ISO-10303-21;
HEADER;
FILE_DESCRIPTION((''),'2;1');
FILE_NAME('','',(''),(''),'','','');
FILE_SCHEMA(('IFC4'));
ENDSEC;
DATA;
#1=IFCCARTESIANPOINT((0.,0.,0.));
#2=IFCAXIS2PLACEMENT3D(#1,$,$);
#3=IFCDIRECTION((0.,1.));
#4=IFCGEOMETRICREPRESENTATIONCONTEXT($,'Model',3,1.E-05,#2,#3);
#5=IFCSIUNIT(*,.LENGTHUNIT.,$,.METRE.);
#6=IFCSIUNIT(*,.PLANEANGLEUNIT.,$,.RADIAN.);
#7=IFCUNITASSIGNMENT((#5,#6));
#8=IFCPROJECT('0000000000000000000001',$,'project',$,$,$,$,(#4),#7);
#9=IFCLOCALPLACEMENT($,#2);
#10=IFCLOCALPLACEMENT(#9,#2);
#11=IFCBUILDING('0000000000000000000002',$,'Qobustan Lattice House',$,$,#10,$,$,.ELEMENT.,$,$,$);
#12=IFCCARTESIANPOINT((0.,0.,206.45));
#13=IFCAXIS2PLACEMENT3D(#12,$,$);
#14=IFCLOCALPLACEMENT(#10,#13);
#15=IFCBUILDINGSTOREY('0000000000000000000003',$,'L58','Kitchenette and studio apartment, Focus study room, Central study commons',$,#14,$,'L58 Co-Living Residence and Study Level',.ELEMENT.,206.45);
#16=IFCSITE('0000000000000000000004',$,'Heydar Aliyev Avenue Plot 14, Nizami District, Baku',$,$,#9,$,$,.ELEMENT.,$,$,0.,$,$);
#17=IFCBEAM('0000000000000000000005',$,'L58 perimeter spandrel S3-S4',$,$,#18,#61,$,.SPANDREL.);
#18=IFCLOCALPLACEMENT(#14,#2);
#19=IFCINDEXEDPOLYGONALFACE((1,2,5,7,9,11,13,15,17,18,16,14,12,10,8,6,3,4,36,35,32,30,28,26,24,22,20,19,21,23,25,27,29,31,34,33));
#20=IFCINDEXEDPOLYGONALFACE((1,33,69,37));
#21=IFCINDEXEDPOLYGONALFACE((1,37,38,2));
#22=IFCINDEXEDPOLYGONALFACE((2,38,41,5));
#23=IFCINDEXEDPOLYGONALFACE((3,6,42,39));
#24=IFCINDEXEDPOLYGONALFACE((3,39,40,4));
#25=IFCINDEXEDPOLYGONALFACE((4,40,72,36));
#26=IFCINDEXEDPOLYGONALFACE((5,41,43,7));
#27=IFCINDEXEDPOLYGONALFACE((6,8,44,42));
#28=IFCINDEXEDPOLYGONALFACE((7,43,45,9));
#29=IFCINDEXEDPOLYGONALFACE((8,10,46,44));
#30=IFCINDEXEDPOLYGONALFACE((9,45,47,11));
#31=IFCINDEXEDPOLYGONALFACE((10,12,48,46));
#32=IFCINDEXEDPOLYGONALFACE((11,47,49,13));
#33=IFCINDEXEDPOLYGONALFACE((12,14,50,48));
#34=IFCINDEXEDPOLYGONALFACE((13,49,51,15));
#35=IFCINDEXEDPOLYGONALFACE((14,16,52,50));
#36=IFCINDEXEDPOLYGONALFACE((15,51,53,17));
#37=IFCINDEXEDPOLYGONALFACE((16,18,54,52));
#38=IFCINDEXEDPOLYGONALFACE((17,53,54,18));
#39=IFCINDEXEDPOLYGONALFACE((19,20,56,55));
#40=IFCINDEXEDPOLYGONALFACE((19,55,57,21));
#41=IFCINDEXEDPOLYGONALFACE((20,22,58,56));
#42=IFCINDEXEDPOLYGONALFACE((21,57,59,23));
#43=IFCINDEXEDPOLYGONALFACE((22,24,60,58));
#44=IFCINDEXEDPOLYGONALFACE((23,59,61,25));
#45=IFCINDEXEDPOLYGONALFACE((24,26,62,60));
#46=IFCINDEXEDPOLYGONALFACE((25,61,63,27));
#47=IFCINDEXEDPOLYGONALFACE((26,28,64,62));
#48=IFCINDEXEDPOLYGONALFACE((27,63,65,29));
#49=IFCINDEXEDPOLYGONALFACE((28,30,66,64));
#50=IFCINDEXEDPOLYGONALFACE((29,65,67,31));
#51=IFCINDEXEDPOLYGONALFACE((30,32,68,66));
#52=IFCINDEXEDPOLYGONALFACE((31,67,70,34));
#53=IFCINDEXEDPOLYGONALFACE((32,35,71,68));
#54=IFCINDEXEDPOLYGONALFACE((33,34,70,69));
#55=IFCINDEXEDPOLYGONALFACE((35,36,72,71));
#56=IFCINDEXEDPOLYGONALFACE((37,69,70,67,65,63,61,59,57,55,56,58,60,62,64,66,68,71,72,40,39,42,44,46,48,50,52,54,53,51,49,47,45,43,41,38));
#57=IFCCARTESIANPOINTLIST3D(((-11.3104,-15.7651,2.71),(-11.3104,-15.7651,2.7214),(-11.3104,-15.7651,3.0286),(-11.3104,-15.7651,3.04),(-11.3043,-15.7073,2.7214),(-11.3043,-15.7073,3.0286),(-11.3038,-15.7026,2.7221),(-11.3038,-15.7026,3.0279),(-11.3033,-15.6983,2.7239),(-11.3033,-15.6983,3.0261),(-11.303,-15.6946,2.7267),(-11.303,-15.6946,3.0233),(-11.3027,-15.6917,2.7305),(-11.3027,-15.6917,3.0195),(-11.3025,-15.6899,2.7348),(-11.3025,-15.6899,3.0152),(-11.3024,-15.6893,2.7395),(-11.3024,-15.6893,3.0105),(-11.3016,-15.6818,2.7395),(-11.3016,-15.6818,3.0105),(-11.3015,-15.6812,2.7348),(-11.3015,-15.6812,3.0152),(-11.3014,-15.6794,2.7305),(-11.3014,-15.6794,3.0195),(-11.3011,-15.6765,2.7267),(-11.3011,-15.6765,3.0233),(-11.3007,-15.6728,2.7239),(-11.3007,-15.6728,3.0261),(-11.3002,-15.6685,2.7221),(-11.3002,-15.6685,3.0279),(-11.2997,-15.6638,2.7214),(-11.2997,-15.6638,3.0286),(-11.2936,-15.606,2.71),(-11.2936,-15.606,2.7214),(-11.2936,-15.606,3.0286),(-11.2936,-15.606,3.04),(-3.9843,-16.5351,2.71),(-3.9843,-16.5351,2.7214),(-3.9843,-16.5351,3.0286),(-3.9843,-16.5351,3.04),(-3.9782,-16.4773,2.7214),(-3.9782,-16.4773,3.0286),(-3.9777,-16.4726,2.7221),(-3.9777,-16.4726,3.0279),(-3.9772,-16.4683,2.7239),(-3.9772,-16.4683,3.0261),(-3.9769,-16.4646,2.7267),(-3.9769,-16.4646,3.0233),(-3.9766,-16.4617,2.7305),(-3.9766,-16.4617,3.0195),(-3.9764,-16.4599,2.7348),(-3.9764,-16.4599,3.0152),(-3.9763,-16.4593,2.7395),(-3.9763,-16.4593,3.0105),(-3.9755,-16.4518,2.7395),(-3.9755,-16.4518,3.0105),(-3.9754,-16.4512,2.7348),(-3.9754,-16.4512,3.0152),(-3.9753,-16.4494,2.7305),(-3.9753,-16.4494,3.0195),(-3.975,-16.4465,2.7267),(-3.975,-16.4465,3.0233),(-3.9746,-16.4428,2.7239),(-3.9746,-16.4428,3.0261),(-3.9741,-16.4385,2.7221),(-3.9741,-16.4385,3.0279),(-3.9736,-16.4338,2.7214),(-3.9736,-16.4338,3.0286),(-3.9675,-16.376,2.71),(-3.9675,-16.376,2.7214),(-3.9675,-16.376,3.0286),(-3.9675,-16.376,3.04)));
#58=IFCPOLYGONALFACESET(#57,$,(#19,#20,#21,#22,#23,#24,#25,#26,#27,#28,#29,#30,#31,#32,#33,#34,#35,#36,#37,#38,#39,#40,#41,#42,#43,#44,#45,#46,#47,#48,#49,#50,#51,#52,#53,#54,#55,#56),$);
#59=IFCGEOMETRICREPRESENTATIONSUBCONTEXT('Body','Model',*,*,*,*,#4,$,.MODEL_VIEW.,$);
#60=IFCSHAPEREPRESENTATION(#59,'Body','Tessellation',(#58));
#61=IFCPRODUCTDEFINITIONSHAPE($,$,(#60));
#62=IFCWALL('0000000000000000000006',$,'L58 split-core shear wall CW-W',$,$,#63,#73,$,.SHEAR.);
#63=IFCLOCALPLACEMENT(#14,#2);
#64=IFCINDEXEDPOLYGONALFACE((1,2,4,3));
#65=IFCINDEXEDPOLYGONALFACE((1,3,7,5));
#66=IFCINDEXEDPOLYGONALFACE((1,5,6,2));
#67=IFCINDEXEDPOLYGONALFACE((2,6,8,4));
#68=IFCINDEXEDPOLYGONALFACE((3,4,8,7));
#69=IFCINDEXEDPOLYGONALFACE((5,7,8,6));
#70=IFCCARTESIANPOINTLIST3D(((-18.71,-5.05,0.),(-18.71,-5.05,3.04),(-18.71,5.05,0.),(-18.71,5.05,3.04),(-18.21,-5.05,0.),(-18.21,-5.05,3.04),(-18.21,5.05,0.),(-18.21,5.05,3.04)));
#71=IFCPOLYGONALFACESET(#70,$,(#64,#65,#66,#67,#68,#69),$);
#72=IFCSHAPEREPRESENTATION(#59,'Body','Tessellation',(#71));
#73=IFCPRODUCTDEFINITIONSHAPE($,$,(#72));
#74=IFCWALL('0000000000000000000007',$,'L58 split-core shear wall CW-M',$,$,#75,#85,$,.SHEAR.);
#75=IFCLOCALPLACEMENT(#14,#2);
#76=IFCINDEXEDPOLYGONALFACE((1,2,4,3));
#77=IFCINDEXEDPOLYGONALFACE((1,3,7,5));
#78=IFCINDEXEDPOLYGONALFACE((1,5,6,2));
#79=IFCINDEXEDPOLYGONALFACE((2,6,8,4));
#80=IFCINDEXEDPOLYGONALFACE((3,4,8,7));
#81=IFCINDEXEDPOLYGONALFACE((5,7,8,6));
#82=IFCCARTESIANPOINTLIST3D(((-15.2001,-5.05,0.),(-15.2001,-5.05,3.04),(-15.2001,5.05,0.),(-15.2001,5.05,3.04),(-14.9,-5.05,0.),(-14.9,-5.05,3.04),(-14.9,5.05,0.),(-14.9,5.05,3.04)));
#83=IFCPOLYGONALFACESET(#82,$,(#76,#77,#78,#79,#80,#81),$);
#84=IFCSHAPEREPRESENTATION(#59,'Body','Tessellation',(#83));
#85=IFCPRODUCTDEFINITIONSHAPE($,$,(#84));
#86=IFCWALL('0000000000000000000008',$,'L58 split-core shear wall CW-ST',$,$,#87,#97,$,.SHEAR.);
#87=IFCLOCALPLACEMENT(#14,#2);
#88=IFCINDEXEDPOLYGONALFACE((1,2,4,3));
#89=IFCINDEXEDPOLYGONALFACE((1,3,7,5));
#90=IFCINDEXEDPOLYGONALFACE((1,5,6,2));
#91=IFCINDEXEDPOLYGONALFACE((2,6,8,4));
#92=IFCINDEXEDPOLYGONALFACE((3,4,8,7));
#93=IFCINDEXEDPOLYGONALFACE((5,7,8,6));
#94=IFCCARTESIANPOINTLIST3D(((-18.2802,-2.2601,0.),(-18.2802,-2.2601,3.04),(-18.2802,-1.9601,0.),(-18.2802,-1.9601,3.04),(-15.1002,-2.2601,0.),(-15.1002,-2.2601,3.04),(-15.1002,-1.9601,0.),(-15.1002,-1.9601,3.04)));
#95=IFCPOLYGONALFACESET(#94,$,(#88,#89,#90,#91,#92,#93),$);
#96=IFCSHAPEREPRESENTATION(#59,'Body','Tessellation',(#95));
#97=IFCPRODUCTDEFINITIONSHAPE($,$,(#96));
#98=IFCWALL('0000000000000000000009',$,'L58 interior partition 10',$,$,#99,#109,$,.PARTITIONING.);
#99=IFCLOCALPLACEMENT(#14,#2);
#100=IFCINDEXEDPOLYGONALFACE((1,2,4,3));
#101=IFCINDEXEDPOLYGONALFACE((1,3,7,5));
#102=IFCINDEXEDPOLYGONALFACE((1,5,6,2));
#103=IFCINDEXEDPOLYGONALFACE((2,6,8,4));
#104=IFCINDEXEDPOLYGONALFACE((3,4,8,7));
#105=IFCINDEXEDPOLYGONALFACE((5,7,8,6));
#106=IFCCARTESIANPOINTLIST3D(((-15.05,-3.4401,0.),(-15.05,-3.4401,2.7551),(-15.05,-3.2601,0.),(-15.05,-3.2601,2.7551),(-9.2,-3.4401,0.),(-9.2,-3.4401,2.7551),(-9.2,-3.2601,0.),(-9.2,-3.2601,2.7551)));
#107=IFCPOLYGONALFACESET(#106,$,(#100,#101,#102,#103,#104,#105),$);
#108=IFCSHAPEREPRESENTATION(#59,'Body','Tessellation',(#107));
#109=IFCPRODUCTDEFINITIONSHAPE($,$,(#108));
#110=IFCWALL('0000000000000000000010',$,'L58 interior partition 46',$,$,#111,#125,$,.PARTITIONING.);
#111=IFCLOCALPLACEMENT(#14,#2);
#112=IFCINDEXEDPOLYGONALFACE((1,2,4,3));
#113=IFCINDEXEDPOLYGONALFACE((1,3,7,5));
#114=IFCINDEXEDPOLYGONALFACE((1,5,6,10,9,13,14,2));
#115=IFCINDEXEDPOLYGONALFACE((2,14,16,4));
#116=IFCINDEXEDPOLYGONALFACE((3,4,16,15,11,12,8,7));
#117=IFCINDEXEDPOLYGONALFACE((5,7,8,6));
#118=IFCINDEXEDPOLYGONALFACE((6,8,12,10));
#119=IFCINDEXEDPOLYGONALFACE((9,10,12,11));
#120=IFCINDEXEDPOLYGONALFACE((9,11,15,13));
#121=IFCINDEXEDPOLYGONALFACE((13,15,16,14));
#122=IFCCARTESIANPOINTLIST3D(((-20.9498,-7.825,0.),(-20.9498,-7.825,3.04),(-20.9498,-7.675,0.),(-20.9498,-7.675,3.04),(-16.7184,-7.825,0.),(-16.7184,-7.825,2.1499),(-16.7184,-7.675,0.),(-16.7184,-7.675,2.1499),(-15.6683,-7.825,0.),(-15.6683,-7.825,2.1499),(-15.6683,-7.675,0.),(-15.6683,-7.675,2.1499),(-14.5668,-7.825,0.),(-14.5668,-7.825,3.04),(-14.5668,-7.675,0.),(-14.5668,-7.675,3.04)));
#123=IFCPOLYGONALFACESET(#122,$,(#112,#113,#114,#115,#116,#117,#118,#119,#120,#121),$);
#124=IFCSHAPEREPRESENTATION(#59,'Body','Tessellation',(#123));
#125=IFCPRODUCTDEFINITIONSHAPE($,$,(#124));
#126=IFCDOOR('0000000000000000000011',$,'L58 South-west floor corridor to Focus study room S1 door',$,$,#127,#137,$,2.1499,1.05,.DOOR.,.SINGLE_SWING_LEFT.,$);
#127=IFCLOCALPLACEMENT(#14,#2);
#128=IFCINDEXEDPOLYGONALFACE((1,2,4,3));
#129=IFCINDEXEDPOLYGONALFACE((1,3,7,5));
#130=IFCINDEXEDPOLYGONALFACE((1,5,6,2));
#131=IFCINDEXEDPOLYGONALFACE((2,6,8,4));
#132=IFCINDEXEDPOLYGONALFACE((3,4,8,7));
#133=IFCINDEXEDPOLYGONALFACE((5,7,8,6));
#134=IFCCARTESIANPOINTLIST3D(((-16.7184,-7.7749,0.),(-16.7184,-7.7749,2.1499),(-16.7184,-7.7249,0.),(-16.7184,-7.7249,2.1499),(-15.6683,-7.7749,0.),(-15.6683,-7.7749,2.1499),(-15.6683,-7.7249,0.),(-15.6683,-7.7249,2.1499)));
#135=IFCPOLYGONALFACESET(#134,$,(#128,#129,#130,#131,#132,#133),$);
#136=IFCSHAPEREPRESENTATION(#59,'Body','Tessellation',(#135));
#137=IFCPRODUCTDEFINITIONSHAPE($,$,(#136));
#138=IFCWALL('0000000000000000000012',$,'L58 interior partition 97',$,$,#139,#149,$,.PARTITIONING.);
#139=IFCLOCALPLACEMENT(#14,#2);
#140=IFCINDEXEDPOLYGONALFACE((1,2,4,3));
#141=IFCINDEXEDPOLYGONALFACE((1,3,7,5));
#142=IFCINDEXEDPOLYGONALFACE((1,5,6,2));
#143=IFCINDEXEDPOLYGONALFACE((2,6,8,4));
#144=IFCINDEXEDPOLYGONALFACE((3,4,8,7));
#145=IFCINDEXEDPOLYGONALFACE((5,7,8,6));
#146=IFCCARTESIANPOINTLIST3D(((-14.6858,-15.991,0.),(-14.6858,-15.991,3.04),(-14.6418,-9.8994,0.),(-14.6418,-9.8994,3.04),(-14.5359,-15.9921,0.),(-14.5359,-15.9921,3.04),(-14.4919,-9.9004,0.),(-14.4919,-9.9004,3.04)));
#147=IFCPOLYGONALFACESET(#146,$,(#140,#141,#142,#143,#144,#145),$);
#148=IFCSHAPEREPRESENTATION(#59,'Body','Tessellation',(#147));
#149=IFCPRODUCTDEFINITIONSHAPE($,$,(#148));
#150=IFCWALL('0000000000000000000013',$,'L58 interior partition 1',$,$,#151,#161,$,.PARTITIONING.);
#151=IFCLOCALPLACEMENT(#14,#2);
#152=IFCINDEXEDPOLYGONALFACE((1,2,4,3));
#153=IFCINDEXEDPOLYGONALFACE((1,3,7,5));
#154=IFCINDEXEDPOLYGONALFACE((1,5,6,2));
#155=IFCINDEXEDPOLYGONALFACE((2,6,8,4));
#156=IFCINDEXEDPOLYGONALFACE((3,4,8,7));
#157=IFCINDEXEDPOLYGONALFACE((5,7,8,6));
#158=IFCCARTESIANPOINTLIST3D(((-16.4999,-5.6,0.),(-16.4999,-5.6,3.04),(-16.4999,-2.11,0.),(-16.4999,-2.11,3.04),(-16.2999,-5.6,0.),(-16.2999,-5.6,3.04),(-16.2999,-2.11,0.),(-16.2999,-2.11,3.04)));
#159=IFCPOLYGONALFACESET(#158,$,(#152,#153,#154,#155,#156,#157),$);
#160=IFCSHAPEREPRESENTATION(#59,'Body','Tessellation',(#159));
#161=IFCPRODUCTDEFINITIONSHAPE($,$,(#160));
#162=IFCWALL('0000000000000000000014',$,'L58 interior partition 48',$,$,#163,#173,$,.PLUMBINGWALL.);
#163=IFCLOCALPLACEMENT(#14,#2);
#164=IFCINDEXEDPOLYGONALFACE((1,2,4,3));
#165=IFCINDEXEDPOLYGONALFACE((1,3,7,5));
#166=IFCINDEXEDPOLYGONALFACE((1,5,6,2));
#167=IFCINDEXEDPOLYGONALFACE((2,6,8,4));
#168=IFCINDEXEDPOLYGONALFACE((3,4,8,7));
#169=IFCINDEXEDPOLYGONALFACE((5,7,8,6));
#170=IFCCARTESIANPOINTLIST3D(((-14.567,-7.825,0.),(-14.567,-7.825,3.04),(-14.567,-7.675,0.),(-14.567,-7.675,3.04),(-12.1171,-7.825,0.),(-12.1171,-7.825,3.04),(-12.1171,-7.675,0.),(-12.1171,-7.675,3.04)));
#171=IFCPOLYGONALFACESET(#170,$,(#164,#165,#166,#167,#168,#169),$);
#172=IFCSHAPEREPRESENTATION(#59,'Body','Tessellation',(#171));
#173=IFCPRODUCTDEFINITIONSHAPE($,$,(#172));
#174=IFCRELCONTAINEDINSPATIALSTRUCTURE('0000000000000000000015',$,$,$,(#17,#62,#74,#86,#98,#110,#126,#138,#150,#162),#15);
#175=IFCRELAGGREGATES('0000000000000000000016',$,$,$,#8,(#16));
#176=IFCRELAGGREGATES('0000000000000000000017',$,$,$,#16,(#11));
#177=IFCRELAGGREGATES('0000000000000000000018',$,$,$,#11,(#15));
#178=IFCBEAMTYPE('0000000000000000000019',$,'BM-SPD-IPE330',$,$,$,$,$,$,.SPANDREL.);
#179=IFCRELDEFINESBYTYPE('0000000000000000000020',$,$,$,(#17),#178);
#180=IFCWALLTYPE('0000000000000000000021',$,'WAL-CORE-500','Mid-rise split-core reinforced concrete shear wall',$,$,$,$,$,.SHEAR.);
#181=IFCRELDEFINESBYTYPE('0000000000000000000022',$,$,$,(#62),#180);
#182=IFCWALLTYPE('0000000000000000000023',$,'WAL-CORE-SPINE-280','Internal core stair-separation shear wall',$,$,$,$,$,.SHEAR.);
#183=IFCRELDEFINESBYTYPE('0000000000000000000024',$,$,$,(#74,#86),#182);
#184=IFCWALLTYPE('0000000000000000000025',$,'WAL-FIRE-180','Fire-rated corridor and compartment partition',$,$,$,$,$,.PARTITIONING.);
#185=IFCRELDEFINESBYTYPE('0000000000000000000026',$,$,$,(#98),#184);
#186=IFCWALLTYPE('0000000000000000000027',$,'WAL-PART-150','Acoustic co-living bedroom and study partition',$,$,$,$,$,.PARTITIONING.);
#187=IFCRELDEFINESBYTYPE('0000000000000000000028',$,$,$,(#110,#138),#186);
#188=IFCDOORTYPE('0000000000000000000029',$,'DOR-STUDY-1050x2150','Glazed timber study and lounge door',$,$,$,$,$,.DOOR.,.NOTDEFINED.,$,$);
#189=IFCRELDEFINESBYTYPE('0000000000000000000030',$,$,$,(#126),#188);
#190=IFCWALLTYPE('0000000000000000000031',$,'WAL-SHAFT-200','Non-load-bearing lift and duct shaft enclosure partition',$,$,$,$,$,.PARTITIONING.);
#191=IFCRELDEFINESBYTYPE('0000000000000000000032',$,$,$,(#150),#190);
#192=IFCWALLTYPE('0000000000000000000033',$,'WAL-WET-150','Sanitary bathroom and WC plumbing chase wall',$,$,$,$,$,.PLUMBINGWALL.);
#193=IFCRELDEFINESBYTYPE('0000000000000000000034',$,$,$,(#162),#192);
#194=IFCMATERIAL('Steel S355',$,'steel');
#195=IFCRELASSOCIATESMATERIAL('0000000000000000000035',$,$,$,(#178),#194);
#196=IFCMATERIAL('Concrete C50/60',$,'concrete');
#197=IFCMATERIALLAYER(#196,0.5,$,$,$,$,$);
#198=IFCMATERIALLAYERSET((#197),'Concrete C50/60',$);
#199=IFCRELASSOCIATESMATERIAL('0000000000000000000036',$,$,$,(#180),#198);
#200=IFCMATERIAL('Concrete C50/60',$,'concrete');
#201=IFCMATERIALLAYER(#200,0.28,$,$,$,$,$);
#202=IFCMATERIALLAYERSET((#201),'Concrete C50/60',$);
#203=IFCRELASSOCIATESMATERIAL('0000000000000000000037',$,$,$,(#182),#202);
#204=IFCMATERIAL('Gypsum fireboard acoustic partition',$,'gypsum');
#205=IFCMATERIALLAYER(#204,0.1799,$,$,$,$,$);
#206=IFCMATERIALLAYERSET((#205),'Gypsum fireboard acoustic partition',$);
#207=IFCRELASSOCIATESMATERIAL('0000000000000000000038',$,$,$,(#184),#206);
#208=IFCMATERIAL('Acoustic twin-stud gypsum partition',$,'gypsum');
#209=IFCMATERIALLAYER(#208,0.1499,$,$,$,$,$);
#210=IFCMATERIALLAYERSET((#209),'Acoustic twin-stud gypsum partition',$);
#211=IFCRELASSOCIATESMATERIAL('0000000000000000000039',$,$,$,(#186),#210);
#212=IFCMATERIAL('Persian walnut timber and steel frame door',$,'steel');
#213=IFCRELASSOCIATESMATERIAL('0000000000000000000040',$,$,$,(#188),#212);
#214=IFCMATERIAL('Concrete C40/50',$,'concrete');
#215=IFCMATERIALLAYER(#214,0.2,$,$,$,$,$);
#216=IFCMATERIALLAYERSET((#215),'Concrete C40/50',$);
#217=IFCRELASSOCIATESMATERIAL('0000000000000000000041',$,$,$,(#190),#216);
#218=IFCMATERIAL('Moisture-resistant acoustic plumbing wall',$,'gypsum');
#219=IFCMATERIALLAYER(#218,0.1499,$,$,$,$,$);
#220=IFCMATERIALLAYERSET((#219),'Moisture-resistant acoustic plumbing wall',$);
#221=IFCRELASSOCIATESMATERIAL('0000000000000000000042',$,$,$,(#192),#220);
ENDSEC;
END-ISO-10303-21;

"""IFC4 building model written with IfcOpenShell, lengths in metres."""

from ifc_helpers import new_model, si_unit, direction, frame, frame_2d, origin, origin_2d, place, context, subcontext, project, spatial, rectangle, i_section, extrude, material, layer, layer_set, material_profile, profile_set, type_object, element, fill, save


model = new_model("IFC4")

# Units and contexts
model_context = context("Model", 3, precision=1e-05, world=origin(), true_north=direction((0.0, 1.0)))
body_context = subcontext(model_context, "Body", "Model", "MODEL_VIEW")
ifc_project = project(units=[si_unit("LENGTHUNIT", "METRE"), si_unit("PLANEANGLEUNIT", "RADIAN")], contexts=[model_context])

# Site, building, storey
site_placement = place(None, origin())
site = spatial("IfcSite", under=ifc_project, at=site_placement, Name="Heydar Aliyev Avenue Plot 14, Nizami District, Baku", CompositionType="ELEMENT", RefElevation=0.0)
building_placement = place(site_placement, origin())
building = spatial("IfcBuilding", under=site, at=building_placement, Name="Qobustan Lattice House", CompositionType="ELEMENT")
storey_placement = place(building_placement, frame((0.0, 0.0, 206.45)))
storey = spatial("IfcBuildingStorey", under=building, at=storey_placement, Name="L58", Description="Kitchenette and studio apartment, Focus study room, Central study commons", LongName="L58 Co-Living Residence and Study Level", CompositionType="ELEMENT", Elevation=206.45)

# Beam
ifc_material_1 = material(Name="Steel S355", Category="steel")
ifc_material_profile_1 = material_profile(ifc_material_1, i_section(OverallWidth=0.1599, OverallDepth=0.3301, WebThickness=0.0076, FlangeThickness=0.0115, FilletRadius=0.0181, at=origin_2d()), Name="IPE330")
ifc_profile_set_1 = profile_set([ifc_material_profile_1], Name="Steel S355")
beam_type_1 = type_object("IfcBeamType", Name="BM-SPD-IPE330", PredefinedType="SPANDREL", material=ifc_profile_set_1)
beam_1_placement = place(storey_placement, frame((-11.302, -15.6855, 2.875), z_axis=(0.994522, -0.10453, 0.0), x_axis=(0.10453, 0.994522, 0.0)))
element("IfcBeam", 1, at=beam_1_placement, inside=storey, type_object=beam_type_1, Name="L58 perimeter spandrel S3-S4", PredefinedType="SPANDREL", context=body_context, shape_type="SweptSolid", body=[
    extrude(i_section(OverallWidth=0.1599, OverallDepth=0.3301, WebThickness=0.0076, FlangeThickness=0.0115, FilletRadius=0.0181, at=origin_2d()), origin(), (0.0, 0.0, 1.0), 7.3665),
])

# Wall
ifc_material_2 = material(Name="Concrete C50/60", Category="concrete")
ifc_layer_1 = layer(ifc_material_2, 0.5)
ifc_layer_set_1 = layer_set([ifc_layer_1], Name="Concrete C50/60")
wall_type_1 = type_object("IfcWallType", Name="WAL-CORE-500", Description="Mid-rise split-core reinforced concrete shear wall", PredefinedType="SHEAR", material=ifc_layer_set_1)
wall_1_placement = place(storey_placement, frame((-18.46, -5.05, 0.0), z_axis=(0.0, 0.0, 1.0), x_axis=(0.0, 1.0, 0.0)))
element("IfcWall", 2, at=wall_1_placement, inside=storey, type_object=wall_type_1, Name="L58 split-core shear wall CW-W", PredefinedType="SHEAR", context=body_context, shape_type="SweptSolid", body=[
    extrude(rectangle(XDim=10.1001, YDim=0.5, at=frame_2d((5.05, 0.0))), origin(), (0.0, 0.0, 1.0), 3.04),
])

# Walls
ifc_material_3 = material(Name="Concrete C50/60", Category="concrete")
ifc_layer_2 = layer(ifc_material_3, 0.28)
ifc_layer_set_2 = layer_set([ifc_layer_2], Name="Concrete C50/60")
wall_type_2 = type_object("IfcWallType", Name="WAL-CORE-SPINE-280", Description="Internal core stair-separation shear wall", PredefinedType="SHEAR", material=ifc_layer_set_2)
wall_2_placement = place(storey_placement, frame((-15.05, -5.05, 0.0), z_axis=(0.0, 0.0, 1.0), x_axis=(0.0, 1.0, 0.0)))
element("IfcWall", 3, at=wall_2_placement, inside=storey, type_object=wall_type_2, Name="L58 split-core shear wall CW-M", PredefinedType="SHEAR", context=body_context, shape_type="SweptSolid", body=[
    extrude(rectangle(XDim=10.1001, YDim=0.3, at=frame_2d((5.05, 0.0))), origin(), (0.0, 0.0, 1.0), 3.04),
])
wall_3_placement = place(storey_placement, frame((-18.28, -2.1101, 0.0), z_axis=(0.0, 0.0, 1.0), x_axis=(1.0, 0.0, 0.0)))
element("IfcWall", 4, at=wall_3_placement, inside=storey, type_object=wall_type_2, Name="L58 split-core shear wall CW-ST", PredefinedType="SHEAR", context=body_context, shape_type="SweptSolid", body=[
    extrude(rectangle(XDim=3.1799, YDim=0.3, at=frame_2d((1.5898, 0.0))), origin(), (0.0, 0.0, 1.0), 3.04),
])
ifc_material_4 = material(Name="Gypsum fireboard acoustic partition", Category="gypsum")
ifc_layer_3 = layer(ifc_material_4, 0.1799)
ifc_layer_set_3 = layer_set([ifc_layer_3], Name="Gypsum fireboard acoustic partition")
wall_type_3 = type_object("IfcWallType", Name="WAL-FIRE-180", Description="Fire-rated corridor and compartment partition", PredefinedType="PARTITIONING", material=ifc_layer_set_3)
wall_4_placement = place(storey_placement, frame((-15.05, -3.3501, 0.0), z_axis=(0.0, 0.0, 1.0), x_axis=(1.0, 0.0, 0.0)))
element("IfcWall", 5, at=wall_4_placement, inside=storey, type_object=wall_type_3, Name="L58 interior partition 10", PredefinedType="PARTITIONING", context=body_context, shape_type="SweptSolid", body=[
    extrude(rectangle(XDim=5.8501, YDim=0.1799, at=frame_2d((2.925, 0.0))), origin(), (0.0, 0.0, 1.0), 2.7551),
])

# Wall, opening, door
ifc_material_5 = material(Name="Acoustic twin-stud gypsum partition", Category="gypsum")
ifc_layer_4 = layer(ifc_material_5, 0.1499)
ifc_layer_set_4 = layer_set([ifc_layer_4], Name="Acoustic twin-stud gypsum partition")
wall_type_4 = type_object("IfcWallType", Name="WAL-PART-150", Description="Acoustic co-living bedroom and study partition", PredefinedType="PARTITIONING", material=ifc_layer_set_4)
wall_5_placement = place(storey_placement, frame((-14.5669, -7.75, 0.0), z_axis=(0.0, 0.0, 1.0), x_axis=(-1.0, 0.0, 0.0)))
wall_5 = element("IfcWall", 6, at=wall_5_placement, inside=storey, type_object=wall_type_4, Name="L58 interior partition 46", PredefinedType="PARTITIONING", context=body_context, shape_type="SweptSolid", body=[
    extrude(rectangle(XDim=6.3831, YDim=0.1499, at=frame_2d((3.1914, 0.0))), origin(), (0.0, 0.0, 1.0), 3.04),
])
opening_1_placement = place(wall_5_placement, frame((1.1016, 0.0, 0.0)))
opening_1 = element("IfcOpeningElement", 7, at=opening_1_placement, cuts=wall_5, PredefinedType="OPENING", context=body_context, shape_type="SweptSolid", body=[
    extrude(rectangle(XDim=1.05, YDim=2.1499, at=frame_2d((0.5249, 1.075))), frame((0.0, 0.085, 0.0), z_axis=(0.0, -1.0, 0.0), x_axis=(1.0, 0.0, 0.0)), (0.0, 0.0, 1.0), 0.1699),
])
ifc_material_6 = material(Name="Persian walnut timber and steel frame door", Category="steel")
door_type_1 = type_object("IfcDoorType", Name="DOR-STUDY-1050x2150", Description="Glazed timber study and lounge door", OperationType="NOTDEFINED", PredefinedType="DOOR", material=ifc_material_6)
door_1_placement = place(opening_1_placement, origin())
door_1 = element("IfcDoor", 8, at=door_1_placement, inside=storey, type_object=door_type_1, Name="L58 South-west floor corridor to Focus study room S1 door", OperationType="SINGLE_SWING_LEFT", OverallHeight=2.1499, OverallWidth=1.05, PredefinedType="DOOR", context=body_context, shape_type="SweptSolid", body=[
    extrude(rectangle(XDim=1.05, YDim=2.1499, at=frame_2d((0.5249, 1.075))), frame((0.0, 0.0249, 0.0), z_axis=(0.0, -1.0, 0.0), x_axis=(1.0, 0.0, 0.0)), (0.0, 0.0, 1.0), 0.05),
])
fill(opening_1, door_1)

# Walls
wall_6_placement = place(storey_placement, frame((-14.5669, -9.8999, 0.0), z_axis=(0.0, 0.0, 1.0), x_axis=(-0.007214, -0.999974, 0.0)))
element("IfcWall", 9, at=wall_6_placement, inside=storey, type_object=wall_type_4, Name="L58 interior partition 97", PredefinedType="PARTITIONING", context=body_context, shape_type="SweptSolid", body=[
    extrude(rectangle(XDim=6.0918, YDim=0.1499, at=frame_2d((3.0459, 0.0))), origin(), (0.0, 0.0, 1.0), 3.04),
])
ifc_material_7 = material(Name="Concrete C40/50", Category="concrete")
ifc_layer_5 = layer(ifc_material_7, 0.2)
ifc_layer_set_5 = layer_set([ifc_layer_5], Name="Concrete C40/50")
wall_type_5 = type_object("IfcWallType", Name="WAL-SHAFT-200", Description="Non-load-bearing lift and duct shaft enclosure partition", PredefinedType="PARTITIONING", material=ifc_layer_set_5)
wall_7_placement = place(storey_placement, frame((-16.3999, -5.6001, 0.0), z_axis=(0.0, 0.0, 1.0), x_axis=(0.0, 1.0, 0.0)))
element("IfcWall", 10, at=wall_7_placement, inside=storey, type_object=wall_type_5, Name="L58 interior partition 1", PredefinedType="PARTITIONING", context=body_context, shape_type="SweptSolid", body=[
    extrude(rectangle(XDim=3.49, YDim=0.2, at=frame_2d((1.7451, 0.0))), origin(), (0.0, 0.0, 1.0), 3.04),
])
ifc_material_8 = material(Name="Moisture-resistant acoustic plumbing wall", Category="gypsum")
ifc_layer_6 = layer(ifc_material_8, 0.1499)
ifc_layer_set_6 = layer_set([ifc_layer_6], Name="Moisture-resistant acoustic plumbing wall")
wall_type_6 = type_object("IfcWallType", Name="WAL-WET-150", Description="Sanitary bathroom and WC plumbing chase wall", PredefinedType="PLUMBINGWALL", material=ifc_layer_set_6)
wall_8_placement = place(storey_placement, frame((-12.1169, -7.75, 0.0), z_axis=(0.0, 0.0, 1.0), x_axis=(-1.0, 0.0, 0.0)))
element("IfcWall", 11, at=wall_8_placement, inside=storey, type_object=wall_type_6, Name="L58 interior partition 48", PredefinedType="PLUMBINGWALL", context=body_context, shape_type="SweptSolid", body=[
    extrude(rectangle(XDim=2.45, YDim=0.1499, at=frame_2d((1.2251, 0.0))), origin(), (0.0, 0.0, 1.0), 3.04),
])

save(model, "model.ifc")
